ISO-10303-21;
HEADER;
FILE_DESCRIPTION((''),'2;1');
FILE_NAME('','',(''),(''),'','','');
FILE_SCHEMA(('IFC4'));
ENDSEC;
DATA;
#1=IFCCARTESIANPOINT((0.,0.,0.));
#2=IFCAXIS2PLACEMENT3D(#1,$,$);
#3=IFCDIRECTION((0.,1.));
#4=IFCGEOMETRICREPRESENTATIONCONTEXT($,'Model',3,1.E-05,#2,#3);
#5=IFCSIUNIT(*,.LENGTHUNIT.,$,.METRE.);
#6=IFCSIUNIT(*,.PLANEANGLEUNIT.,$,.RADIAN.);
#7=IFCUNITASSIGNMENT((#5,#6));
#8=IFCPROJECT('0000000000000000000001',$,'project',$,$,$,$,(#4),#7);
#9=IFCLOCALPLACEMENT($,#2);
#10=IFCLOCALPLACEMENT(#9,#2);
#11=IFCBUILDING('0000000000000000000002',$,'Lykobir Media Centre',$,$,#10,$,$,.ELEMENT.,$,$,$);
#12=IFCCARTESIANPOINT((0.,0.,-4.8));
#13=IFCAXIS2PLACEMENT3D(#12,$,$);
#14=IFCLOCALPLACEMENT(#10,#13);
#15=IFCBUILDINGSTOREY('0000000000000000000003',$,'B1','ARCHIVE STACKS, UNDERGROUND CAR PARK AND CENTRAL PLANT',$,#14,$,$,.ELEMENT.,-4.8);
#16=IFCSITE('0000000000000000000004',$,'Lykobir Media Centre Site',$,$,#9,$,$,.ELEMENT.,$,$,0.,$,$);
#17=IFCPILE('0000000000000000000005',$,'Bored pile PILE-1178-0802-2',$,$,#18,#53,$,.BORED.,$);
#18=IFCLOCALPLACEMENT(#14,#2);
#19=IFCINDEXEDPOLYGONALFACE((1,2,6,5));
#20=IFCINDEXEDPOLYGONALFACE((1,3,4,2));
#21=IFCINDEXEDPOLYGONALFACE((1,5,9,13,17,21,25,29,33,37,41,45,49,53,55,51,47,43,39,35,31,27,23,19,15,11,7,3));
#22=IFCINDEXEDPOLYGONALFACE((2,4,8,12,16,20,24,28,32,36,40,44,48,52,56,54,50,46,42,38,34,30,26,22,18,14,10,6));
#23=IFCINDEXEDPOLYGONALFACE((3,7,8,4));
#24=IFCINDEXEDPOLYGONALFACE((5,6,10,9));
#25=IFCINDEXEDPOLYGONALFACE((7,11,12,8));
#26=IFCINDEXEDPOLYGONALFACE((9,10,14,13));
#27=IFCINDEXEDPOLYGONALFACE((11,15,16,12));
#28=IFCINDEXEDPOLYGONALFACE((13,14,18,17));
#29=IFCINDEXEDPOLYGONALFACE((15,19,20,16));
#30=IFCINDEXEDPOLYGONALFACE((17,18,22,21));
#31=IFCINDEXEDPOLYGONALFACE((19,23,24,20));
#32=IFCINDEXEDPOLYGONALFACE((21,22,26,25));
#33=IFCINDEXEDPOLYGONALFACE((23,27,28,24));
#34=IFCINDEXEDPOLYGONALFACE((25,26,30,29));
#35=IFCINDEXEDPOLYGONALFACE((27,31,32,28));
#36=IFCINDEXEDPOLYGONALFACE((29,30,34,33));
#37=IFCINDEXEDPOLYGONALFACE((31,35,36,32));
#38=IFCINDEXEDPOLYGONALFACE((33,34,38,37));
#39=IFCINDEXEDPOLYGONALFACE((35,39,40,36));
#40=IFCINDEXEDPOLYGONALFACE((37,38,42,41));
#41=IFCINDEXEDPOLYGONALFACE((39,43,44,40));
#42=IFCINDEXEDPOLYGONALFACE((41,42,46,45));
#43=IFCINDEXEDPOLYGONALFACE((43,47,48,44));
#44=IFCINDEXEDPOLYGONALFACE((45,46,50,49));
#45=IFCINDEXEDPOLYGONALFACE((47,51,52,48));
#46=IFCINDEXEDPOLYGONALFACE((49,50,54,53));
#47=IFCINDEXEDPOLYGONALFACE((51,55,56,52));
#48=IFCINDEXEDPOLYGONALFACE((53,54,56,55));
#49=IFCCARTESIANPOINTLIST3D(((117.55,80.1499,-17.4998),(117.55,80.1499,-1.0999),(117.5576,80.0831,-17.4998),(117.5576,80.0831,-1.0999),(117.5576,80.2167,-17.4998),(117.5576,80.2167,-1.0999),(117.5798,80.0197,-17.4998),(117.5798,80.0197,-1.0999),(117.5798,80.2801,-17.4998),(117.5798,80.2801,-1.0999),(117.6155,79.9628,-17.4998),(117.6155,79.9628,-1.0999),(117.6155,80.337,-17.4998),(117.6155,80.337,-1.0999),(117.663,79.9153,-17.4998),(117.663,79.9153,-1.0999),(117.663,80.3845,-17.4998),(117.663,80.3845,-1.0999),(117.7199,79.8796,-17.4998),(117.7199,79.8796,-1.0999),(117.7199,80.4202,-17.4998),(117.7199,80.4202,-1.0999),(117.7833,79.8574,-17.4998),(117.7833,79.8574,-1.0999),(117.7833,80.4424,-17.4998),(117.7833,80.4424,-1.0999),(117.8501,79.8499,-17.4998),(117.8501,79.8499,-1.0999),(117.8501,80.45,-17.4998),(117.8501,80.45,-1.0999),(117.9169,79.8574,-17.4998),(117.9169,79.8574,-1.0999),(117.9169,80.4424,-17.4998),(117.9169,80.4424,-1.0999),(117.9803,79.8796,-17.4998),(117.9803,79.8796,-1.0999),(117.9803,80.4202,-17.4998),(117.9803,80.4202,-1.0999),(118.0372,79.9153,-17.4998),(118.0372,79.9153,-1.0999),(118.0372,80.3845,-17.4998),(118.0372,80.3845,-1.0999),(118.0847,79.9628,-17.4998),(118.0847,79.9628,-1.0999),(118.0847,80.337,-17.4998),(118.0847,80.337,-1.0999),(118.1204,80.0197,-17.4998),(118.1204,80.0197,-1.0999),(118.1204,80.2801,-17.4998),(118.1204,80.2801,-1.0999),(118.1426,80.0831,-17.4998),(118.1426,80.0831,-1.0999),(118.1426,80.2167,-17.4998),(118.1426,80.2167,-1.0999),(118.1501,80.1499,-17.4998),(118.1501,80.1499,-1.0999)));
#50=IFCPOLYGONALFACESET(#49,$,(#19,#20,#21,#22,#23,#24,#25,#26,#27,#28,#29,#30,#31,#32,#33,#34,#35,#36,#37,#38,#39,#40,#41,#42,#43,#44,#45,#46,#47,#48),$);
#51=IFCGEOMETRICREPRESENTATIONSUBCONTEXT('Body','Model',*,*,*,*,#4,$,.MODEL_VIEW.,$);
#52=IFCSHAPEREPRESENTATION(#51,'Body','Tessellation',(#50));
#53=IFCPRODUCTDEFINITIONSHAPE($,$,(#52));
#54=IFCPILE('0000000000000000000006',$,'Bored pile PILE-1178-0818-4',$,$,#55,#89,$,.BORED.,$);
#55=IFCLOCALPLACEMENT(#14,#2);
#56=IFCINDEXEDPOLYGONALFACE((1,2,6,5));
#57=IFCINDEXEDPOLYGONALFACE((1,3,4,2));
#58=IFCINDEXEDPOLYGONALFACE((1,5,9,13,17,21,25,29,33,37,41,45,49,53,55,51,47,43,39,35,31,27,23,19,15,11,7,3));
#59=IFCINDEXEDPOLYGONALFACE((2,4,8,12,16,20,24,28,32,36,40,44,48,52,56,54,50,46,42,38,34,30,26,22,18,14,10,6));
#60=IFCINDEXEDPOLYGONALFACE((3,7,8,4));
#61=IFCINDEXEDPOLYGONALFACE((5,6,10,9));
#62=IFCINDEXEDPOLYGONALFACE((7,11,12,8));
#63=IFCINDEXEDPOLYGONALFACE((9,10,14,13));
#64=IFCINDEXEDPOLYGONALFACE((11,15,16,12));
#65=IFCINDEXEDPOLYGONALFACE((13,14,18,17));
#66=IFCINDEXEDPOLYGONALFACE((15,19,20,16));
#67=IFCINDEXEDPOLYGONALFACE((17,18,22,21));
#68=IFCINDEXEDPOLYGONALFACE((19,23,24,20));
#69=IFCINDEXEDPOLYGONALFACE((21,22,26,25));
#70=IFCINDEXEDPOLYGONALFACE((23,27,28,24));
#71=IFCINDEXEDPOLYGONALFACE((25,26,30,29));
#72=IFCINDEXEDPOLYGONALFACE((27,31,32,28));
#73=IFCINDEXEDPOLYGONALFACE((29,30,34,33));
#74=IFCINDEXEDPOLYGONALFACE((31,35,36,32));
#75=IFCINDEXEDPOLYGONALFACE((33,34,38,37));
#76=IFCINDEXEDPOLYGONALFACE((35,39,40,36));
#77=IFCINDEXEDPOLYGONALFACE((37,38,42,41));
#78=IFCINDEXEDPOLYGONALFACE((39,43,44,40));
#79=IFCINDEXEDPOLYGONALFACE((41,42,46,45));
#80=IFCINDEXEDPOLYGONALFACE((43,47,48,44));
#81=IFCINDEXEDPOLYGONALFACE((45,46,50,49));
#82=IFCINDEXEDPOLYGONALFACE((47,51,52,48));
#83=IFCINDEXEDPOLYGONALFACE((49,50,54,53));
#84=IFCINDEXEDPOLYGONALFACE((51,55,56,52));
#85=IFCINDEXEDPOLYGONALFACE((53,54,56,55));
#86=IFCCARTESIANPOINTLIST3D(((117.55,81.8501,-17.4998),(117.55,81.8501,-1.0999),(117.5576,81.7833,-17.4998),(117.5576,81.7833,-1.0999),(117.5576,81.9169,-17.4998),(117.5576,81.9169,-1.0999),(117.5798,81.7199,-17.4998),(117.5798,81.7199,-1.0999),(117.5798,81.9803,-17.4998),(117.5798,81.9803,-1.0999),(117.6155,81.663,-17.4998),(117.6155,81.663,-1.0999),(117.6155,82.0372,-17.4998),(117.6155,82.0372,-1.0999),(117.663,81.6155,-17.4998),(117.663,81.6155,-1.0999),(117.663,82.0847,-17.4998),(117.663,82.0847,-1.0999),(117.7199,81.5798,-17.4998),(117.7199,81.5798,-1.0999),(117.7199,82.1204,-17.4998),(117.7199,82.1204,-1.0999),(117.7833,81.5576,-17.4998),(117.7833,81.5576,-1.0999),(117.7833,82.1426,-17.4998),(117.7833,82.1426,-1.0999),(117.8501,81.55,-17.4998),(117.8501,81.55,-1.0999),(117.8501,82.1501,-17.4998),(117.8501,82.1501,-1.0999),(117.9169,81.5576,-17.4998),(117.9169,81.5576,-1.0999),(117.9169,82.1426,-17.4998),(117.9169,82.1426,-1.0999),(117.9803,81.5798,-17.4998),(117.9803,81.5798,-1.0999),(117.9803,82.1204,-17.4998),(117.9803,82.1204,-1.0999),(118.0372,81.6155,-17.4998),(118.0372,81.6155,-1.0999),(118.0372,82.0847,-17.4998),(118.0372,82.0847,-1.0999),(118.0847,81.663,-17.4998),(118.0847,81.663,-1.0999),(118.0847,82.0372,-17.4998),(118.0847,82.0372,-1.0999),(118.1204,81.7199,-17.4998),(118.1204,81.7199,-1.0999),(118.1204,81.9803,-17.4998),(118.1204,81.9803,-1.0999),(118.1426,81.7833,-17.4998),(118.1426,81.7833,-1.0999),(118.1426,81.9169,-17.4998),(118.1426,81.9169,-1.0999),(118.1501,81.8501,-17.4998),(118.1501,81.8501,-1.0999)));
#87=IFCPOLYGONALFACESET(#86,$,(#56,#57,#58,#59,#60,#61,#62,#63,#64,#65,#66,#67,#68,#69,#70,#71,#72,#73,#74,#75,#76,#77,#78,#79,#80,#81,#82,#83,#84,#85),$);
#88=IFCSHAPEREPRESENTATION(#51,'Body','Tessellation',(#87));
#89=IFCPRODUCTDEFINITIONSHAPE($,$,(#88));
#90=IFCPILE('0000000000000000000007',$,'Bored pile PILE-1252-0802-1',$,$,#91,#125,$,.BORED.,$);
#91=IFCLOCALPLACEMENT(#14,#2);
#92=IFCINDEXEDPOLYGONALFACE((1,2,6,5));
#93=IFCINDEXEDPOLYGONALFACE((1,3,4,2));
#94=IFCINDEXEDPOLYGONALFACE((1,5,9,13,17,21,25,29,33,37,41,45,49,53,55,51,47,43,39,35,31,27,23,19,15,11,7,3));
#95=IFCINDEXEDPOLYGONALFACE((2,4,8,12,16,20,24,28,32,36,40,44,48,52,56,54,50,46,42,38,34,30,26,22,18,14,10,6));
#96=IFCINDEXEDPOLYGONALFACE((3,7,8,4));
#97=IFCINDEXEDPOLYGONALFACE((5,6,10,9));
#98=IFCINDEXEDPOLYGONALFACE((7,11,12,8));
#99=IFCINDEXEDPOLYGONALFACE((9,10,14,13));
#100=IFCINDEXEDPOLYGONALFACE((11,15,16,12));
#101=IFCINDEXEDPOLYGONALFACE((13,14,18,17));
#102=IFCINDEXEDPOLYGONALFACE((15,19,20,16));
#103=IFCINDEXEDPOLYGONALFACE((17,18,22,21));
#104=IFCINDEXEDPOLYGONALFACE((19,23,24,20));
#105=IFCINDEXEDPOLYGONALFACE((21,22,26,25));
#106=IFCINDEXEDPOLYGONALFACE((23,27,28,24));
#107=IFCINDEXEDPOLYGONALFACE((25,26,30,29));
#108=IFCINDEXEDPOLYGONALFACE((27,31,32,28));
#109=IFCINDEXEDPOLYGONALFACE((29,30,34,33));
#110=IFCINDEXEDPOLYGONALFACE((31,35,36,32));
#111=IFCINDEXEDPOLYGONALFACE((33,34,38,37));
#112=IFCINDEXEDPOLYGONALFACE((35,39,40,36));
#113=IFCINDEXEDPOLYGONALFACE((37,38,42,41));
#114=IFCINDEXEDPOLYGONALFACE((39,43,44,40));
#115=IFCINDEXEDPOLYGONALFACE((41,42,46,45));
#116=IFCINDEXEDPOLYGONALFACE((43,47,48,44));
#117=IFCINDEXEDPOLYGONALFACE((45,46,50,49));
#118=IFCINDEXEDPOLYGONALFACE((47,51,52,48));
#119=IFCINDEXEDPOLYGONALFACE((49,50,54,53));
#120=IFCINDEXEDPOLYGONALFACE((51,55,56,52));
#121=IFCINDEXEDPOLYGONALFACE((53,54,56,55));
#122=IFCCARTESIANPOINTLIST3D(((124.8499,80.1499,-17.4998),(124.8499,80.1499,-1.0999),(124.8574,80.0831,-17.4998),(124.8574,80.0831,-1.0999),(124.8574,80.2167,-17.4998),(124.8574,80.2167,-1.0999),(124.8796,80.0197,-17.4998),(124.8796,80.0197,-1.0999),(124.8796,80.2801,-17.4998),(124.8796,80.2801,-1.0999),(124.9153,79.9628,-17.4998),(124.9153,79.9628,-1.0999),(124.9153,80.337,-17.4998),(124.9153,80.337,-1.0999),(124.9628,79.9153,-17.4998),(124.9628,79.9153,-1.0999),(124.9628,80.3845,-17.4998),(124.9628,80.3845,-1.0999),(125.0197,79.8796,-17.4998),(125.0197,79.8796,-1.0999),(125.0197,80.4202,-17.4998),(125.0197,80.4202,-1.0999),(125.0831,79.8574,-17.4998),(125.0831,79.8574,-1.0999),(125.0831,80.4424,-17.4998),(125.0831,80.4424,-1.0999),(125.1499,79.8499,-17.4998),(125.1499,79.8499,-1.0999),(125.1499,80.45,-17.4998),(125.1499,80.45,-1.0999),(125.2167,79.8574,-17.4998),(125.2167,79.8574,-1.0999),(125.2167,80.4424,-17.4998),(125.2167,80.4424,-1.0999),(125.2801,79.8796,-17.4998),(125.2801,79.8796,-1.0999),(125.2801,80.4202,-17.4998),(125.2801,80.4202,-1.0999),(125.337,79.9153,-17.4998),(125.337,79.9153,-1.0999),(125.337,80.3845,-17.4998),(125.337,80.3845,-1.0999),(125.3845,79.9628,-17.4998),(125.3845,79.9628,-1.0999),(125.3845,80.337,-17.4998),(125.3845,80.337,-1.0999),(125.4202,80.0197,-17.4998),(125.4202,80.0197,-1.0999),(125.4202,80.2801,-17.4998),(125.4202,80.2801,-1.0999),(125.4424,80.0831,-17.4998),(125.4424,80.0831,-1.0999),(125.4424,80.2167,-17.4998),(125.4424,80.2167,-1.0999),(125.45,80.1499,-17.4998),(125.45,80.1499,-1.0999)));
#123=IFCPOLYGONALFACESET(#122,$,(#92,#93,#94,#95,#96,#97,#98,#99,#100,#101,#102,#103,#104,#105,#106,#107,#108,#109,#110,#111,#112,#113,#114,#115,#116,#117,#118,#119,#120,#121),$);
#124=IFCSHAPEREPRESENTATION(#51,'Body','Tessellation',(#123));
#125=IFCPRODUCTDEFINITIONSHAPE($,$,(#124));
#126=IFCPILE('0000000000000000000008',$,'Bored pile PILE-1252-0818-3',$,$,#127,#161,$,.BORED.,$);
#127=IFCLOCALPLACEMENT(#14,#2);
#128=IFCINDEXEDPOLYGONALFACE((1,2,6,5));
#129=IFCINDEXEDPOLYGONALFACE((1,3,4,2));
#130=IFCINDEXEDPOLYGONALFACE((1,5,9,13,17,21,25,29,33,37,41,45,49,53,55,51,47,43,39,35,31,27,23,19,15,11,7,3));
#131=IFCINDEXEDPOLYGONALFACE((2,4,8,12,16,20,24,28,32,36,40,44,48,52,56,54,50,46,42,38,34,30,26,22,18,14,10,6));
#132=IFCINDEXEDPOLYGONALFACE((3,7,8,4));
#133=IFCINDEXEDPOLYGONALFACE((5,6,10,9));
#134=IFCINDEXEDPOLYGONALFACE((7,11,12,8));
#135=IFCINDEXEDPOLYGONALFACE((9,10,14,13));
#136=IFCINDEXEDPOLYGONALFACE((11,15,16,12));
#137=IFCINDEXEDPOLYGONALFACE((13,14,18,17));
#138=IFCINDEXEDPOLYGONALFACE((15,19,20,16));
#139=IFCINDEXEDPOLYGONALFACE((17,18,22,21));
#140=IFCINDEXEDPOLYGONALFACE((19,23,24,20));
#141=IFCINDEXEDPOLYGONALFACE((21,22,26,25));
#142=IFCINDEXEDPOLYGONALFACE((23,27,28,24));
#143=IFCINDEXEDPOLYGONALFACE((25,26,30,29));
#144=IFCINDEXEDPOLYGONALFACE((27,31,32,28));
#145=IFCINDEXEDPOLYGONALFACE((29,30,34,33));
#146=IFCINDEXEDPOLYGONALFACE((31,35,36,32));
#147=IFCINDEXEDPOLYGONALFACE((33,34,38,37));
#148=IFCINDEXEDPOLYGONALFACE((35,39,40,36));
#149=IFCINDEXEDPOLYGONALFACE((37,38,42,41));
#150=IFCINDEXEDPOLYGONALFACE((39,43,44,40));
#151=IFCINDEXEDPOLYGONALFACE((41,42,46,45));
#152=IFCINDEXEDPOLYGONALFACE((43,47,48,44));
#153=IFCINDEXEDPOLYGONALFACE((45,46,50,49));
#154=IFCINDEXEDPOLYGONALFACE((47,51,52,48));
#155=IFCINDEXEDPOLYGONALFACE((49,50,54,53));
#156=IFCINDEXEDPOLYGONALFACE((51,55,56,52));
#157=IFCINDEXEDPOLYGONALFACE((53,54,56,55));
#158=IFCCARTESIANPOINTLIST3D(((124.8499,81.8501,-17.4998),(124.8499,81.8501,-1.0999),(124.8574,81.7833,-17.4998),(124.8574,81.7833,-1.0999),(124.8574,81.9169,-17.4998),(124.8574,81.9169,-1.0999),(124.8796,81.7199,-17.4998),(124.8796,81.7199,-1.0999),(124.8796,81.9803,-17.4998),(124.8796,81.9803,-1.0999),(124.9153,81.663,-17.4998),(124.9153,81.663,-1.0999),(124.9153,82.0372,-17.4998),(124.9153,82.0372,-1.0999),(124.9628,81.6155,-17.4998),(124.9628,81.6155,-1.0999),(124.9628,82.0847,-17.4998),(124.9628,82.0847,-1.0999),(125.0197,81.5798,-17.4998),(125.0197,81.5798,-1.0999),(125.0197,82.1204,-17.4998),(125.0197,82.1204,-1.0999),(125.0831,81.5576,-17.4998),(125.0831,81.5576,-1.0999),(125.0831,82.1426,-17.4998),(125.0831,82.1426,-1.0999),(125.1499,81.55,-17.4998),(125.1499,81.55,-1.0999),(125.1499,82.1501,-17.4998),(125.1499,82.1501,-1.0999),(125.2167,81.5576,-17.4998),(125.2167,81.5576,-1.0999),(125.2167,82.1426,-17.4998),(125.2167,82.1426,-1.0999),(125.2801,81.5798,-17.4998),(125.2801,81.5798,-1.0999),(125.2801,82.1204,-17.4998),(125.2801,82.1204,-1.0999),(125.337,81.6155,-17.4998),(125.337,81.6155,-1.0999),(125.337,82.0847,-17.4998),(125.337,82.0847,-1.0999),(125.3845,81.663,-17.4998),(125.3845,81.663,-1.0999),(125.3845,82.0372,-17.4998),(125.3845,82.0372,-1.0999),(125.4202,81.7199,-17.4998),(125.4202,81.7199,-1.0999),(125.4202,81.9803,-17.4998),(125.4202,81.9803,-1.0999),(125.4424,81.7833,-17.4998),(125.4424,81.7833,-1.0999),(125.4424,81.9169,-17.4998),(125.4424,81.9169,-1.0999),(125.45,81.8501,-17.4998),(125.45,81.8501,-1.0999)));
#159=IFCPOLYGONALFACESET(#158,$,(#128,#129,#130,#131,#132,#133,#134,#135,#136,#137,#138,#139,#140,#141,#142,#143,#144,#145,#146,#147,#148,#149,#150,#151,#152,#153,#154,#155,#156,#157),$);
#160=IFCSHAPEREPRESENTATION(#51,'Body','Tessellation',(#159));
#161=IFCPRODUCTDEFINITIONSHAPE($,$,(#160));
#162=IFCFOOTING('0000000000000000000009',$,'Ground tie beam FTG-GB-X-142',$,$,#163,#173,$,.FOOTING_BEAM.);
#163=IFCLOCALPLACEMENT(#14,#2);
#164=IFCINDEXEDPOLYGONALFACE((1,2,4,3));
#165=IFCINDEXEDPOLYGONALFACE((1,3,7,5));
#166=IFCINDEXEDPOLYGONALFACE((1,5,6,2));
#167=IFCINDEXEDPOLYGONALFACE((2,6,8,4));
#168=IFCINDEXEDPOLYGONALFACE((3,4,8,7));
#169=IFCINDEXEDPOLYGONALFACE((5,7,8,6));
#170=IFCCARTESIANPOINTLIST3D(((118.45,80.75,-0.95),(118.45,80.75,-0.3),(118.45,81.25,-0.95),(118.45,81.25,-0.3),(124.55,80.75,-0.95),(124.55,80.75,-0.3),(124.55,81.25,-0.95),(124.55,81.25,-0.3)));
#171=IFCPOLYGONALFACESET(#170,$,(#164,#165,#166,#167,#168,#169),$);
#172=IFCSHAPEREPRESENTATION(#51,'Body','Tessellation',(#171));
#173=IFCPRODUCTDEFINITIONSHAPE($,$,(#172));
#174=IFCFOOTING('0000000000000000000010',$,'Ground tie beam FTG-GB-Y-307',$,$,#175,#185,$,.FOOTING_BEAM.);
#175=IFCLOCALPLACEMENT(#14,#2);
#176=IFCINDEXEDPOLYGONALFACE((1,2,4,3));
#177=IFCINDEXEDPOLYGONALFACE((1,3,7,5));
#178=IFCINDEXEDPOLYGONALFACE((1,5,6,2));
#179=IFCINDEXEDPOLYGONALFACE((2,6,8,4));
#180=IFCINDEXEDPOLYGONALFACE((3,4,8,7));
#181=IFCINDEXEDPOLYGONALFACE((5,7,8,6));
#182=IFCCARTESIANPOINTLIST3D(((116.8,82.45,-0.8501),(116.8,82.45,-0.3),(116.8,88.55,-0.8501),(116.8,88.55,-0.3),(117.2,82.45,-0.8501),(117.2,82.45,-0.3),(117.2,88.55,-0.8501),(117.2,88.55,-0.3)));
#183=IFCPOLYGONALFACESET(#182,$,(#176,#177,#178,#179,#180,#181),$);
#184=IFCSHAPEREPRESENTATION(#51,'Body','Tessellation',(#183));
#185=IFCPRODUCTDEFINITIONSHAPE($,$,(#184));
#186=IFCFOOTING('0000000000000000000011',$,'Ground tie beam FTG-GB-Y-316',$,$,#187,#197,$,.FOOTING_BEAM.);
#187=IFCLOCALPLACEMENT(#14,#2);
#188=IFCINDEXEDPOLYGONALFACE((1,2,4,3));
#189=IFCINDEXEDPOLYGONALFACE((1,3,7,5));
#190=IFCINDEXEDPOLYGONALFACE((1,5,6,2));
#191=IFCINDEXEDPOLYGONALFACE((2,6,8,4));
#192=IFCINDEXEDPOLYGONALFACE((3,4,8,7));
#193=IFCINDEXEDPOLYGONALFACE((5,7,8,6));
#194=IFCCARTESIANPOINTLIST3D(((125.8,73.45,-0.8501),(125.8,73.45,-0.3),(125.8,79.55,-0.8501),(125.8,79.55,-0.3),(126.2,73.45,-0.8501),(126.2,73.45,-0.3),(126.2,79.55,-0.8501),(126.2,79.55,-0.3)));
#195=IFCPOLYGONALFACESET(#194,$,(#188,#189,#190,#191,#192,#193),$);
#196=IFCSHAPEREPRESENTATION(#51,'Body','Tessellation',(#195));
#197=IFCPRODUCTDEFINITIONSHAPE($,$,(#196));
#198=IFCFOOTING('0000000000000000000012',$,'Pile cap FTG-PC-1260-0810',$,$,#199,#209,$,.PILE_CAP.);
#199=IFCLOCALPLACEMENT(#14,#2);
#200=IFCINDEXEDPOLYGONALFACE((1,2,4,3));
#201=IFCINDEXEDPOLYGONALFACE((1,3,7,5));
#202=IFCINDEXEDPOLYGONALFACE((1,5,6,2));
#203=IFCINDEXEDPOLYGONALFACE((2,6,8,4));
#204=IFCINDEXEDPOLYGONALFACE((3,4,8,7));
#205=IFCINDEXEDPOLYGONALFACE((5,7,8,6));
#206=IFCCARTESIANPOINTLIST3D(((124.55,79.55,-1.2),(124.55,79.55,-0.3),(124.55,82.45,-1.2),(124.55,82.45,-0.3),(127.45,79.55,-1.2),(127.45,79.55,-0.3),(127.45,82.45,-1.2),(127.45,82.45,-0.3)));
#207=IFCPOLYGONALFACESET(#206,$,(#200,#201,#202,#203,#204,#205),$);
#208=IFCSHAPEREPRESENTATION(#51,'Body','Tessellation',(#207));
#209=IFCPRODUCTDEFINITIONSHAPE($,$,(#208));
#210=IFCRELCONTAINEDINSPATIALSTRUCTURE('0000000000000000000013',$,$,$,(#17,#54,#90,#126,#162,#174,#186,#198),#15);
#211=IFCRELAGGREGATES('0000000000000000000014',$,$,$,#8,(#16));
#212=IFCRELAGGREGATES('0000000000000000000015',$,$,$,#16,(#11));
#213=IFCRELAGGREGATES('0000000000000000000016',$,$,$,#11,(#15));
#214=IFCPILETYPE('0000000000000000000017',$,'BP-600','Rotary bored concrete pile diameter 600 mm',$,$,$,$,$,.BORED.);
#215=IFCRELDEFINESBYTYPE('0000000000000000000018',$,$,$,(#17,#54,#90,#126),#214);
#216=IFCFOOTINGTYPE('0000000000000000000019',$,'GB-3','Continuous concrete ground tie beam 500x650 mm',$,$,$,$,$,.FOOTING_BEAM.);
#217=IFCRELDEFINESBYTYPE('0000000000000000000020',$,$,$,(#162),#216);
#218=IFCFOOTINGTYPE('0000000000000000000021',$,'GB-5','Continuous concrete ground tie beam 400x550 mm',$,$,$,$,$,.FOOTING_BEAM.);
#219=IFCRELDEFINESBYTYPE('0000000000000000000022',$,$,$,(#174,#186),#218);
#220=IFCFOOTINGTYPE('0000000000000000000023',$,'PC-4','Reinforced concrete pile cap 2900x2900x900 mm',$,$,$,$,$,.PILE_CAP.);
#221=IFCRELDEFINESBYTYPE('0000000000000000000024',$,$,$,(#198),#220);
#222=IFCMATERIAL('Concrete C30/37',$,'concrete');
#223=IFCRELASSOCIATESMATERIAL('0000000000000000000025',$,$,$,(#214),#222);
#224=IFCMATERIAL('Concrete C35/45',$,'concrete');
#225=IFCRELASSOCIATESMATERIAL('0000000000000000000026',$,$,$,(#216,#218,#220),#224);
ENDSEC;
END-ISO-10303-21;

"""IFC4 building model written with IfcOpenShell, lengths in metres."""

from ifc_helpers import new_model, si_unit, direction, frame, origin, origin_2d, place, context, subcontext, project, spatial, rectangle, circle, extrude, material, material_profile, profile_set, type_object, element, save


model = new_model("IFC4")

# Units and contexts
model_context = context("Model", 3, precision=1e-05, world=origin(), true_north=direction((0.0, 1.0)))
body_context = subcontext(model_context, "Body", "Model", "MODEL_VIEW")
ifc_project = project(units=[si_unit("LENGTHUNIT", "METRE"), si_unit("PLANEANGLEUNIT", "RADIAN")], contexts=[model_context])

# Site, building, storey
site_placement = place(None, origin())
site = spatial("IfcSite", under=ifc_project, at=site_placement, Name="Lykobir Media Centre Site", CompositionType="ELEMENT", RefElevation=0.0)
building_placement = place(site_placement, origin())
building = spatial("IfcBuilding", under=site, at=building_placement, Name="Lykobir Media Centre", CompositionType="ELEMENT")
storey_placement = place(building_placement, frame((0.0, 0.0, -4.8)))
storey = spatial("IfcBuildingStorey", under=building, at=storey_placement, Name="B1", Description="ARCHIVE STACKS, UNDERGROUND CAR PARK AND CENTRAL PLANT", CompositionType="ELEMENT", Elevation=-4.8)

# Piles
ifc_material_1 = material(Name="Concrete C30/37", Category="concrete")
ifc_material_profile_1 = material_profile(ifc_material_1, circle(Radius=0.3, at=origin_2d()), Name="BORED PILE D600")
ifc_profile_set_1 = profile_set([ifc_material_profile_1], Name="Concrete C30/37")
pile_type = type_object("IfcPileType", Name="BP-600", Description="Rotary bored concrete pile diameter 600 mm", PredefinedType="BORED", material=ifc_profile_set_1)
for number, where, z_axis, x_axis, name in (
    (1, (117.8501, 80.1499, -1.0999), (0.0, 0.0, -1.0), (1.0, 0.0, 0.0), "Bored pile PILE-1178-0802-2"),
    (2, (117.8501, 81.8501, -1.0999), (0.0, 0.0, -1.0), (1.0, 0.0, 0.0), "Bored pile PILE-1178-0818-4"),
    (3, (125.1499, 80.1499, -1.0999), (0.0, 0.0, -1.0), (1.0, 0.0, 0.0), "Bored pile PILE-1252-0802-1"),
    (4, (125.1499, 81.8501, -1.0999), (0.0, 0.0, -1.0), (1.0, 0.0, 0.0), "Bored pile PILE-1252-0818-3"),
):
    element("IfcPile", number, at=place(storey_placement, frame(where, z_axis=z_axis, x_axis=x_axis)), inside=storey, type_object=pile_type, Name=name, PredefinedType="BORED", context=body_context, shape_type="SweptSolid", body=[
        extrude(circle(Radius=0.3, at=origin_2d()), origin(), (0.0, 0.0, 1.0), 16.3999),
    ])

# Footings
ifc_material_2 = material(Name="Concrete C35/45", Category="concrete")
footing_type_1 = type_object("IfcFootingType", Name="GB-3", Description="Continuous concrete ground tie beam 500x650 mm", PredefinedType="FOOTING_BEAM", material=ifc_material_2)
footing_1_placement = place(storey_placement, frame((121.5, 81.0, -0.95), z_axis=(0.0, 0.0, 1.0), x_axis=(1.0, 0.0, 0.0)))
element("IfcFooting", 5, at=footing_1_placement, inside=storey, type_object=footing_type_1, Name="Ground tie beam FTG-GB-X-142", PredefinedType="FOOTING_BEAM", context=body_context, shape_type="SweptSolid", body=[
    extrude(rectangle(XDim=6.1001, YDim=0.5, at=origin_2d()), origin(), (0.0, 0.0, 1.0), 0.6499),
])
footing_type_2 = type_object("IfcFootingType", Name="GB-5", Description="Continuous concrete ground tie beam 400x550 mm", PredefinedType="FOOTING_BEAM", material=ifc_material_2)
for number, where, z_axis, x_axis, name in (
    (6, (117.0, 85.5, -0.8501), (0.0, 0.0, 1.0), (0.0, 1.0, 0.0), "Ground tie beam FTG-GB-Y-307"),
    (7, (126.0, 76.5, -0.8501), (0.0, 0.0, 1.0), (0.0, 1.0, 0.0), "Ground tie beam FTG-GB-Y-316"),
):
    element("IfcFooting", number, at=place(storey_placement, frame(where, z_axis=z_axis, x_axis=x_axis)), inside=storey, type_object=footing_type_2, Name=name, PredefinedType="FOOTING_BEAM", context=body_context, shape_type="SweptSolid", body=[
        extrude(rectangle(XDim=6.1001, YDim=0.3999, at=origin_2d()), origin(), (0.0, 0.0, 1.0), 0.55),
    ])
footing_type_3 = type_object("IfcFootingType", Name="PC-4", Description="Reinforced concrete pile cap 2900x2900x900 mm", PredefinedType="PILE_CAP", material=ifc_material_2)
footing_2_placement = place(storey_placement, frame((126.0, 81.0, -1.2), z_axis=(0.0, 0.0, 1.0), x_axis=(1.0, 0.0, 0.0)))
element("IfcFooting", 8, at=footing_2_placement, inside=storey, type_object=footing_type_3, Name="Pile cap FTG-PC-1260-0810", PredefinedType="PILE_CAP", context=body_context, shape_type="SweptSolid", body=[
    extrude(rectangle(XDim=2.8999, YDim=2.8999, at=origin_2d()), origin(), (0.0, 0.0, 1.0), 0.8999),
])

save(model, "model.ifc")
